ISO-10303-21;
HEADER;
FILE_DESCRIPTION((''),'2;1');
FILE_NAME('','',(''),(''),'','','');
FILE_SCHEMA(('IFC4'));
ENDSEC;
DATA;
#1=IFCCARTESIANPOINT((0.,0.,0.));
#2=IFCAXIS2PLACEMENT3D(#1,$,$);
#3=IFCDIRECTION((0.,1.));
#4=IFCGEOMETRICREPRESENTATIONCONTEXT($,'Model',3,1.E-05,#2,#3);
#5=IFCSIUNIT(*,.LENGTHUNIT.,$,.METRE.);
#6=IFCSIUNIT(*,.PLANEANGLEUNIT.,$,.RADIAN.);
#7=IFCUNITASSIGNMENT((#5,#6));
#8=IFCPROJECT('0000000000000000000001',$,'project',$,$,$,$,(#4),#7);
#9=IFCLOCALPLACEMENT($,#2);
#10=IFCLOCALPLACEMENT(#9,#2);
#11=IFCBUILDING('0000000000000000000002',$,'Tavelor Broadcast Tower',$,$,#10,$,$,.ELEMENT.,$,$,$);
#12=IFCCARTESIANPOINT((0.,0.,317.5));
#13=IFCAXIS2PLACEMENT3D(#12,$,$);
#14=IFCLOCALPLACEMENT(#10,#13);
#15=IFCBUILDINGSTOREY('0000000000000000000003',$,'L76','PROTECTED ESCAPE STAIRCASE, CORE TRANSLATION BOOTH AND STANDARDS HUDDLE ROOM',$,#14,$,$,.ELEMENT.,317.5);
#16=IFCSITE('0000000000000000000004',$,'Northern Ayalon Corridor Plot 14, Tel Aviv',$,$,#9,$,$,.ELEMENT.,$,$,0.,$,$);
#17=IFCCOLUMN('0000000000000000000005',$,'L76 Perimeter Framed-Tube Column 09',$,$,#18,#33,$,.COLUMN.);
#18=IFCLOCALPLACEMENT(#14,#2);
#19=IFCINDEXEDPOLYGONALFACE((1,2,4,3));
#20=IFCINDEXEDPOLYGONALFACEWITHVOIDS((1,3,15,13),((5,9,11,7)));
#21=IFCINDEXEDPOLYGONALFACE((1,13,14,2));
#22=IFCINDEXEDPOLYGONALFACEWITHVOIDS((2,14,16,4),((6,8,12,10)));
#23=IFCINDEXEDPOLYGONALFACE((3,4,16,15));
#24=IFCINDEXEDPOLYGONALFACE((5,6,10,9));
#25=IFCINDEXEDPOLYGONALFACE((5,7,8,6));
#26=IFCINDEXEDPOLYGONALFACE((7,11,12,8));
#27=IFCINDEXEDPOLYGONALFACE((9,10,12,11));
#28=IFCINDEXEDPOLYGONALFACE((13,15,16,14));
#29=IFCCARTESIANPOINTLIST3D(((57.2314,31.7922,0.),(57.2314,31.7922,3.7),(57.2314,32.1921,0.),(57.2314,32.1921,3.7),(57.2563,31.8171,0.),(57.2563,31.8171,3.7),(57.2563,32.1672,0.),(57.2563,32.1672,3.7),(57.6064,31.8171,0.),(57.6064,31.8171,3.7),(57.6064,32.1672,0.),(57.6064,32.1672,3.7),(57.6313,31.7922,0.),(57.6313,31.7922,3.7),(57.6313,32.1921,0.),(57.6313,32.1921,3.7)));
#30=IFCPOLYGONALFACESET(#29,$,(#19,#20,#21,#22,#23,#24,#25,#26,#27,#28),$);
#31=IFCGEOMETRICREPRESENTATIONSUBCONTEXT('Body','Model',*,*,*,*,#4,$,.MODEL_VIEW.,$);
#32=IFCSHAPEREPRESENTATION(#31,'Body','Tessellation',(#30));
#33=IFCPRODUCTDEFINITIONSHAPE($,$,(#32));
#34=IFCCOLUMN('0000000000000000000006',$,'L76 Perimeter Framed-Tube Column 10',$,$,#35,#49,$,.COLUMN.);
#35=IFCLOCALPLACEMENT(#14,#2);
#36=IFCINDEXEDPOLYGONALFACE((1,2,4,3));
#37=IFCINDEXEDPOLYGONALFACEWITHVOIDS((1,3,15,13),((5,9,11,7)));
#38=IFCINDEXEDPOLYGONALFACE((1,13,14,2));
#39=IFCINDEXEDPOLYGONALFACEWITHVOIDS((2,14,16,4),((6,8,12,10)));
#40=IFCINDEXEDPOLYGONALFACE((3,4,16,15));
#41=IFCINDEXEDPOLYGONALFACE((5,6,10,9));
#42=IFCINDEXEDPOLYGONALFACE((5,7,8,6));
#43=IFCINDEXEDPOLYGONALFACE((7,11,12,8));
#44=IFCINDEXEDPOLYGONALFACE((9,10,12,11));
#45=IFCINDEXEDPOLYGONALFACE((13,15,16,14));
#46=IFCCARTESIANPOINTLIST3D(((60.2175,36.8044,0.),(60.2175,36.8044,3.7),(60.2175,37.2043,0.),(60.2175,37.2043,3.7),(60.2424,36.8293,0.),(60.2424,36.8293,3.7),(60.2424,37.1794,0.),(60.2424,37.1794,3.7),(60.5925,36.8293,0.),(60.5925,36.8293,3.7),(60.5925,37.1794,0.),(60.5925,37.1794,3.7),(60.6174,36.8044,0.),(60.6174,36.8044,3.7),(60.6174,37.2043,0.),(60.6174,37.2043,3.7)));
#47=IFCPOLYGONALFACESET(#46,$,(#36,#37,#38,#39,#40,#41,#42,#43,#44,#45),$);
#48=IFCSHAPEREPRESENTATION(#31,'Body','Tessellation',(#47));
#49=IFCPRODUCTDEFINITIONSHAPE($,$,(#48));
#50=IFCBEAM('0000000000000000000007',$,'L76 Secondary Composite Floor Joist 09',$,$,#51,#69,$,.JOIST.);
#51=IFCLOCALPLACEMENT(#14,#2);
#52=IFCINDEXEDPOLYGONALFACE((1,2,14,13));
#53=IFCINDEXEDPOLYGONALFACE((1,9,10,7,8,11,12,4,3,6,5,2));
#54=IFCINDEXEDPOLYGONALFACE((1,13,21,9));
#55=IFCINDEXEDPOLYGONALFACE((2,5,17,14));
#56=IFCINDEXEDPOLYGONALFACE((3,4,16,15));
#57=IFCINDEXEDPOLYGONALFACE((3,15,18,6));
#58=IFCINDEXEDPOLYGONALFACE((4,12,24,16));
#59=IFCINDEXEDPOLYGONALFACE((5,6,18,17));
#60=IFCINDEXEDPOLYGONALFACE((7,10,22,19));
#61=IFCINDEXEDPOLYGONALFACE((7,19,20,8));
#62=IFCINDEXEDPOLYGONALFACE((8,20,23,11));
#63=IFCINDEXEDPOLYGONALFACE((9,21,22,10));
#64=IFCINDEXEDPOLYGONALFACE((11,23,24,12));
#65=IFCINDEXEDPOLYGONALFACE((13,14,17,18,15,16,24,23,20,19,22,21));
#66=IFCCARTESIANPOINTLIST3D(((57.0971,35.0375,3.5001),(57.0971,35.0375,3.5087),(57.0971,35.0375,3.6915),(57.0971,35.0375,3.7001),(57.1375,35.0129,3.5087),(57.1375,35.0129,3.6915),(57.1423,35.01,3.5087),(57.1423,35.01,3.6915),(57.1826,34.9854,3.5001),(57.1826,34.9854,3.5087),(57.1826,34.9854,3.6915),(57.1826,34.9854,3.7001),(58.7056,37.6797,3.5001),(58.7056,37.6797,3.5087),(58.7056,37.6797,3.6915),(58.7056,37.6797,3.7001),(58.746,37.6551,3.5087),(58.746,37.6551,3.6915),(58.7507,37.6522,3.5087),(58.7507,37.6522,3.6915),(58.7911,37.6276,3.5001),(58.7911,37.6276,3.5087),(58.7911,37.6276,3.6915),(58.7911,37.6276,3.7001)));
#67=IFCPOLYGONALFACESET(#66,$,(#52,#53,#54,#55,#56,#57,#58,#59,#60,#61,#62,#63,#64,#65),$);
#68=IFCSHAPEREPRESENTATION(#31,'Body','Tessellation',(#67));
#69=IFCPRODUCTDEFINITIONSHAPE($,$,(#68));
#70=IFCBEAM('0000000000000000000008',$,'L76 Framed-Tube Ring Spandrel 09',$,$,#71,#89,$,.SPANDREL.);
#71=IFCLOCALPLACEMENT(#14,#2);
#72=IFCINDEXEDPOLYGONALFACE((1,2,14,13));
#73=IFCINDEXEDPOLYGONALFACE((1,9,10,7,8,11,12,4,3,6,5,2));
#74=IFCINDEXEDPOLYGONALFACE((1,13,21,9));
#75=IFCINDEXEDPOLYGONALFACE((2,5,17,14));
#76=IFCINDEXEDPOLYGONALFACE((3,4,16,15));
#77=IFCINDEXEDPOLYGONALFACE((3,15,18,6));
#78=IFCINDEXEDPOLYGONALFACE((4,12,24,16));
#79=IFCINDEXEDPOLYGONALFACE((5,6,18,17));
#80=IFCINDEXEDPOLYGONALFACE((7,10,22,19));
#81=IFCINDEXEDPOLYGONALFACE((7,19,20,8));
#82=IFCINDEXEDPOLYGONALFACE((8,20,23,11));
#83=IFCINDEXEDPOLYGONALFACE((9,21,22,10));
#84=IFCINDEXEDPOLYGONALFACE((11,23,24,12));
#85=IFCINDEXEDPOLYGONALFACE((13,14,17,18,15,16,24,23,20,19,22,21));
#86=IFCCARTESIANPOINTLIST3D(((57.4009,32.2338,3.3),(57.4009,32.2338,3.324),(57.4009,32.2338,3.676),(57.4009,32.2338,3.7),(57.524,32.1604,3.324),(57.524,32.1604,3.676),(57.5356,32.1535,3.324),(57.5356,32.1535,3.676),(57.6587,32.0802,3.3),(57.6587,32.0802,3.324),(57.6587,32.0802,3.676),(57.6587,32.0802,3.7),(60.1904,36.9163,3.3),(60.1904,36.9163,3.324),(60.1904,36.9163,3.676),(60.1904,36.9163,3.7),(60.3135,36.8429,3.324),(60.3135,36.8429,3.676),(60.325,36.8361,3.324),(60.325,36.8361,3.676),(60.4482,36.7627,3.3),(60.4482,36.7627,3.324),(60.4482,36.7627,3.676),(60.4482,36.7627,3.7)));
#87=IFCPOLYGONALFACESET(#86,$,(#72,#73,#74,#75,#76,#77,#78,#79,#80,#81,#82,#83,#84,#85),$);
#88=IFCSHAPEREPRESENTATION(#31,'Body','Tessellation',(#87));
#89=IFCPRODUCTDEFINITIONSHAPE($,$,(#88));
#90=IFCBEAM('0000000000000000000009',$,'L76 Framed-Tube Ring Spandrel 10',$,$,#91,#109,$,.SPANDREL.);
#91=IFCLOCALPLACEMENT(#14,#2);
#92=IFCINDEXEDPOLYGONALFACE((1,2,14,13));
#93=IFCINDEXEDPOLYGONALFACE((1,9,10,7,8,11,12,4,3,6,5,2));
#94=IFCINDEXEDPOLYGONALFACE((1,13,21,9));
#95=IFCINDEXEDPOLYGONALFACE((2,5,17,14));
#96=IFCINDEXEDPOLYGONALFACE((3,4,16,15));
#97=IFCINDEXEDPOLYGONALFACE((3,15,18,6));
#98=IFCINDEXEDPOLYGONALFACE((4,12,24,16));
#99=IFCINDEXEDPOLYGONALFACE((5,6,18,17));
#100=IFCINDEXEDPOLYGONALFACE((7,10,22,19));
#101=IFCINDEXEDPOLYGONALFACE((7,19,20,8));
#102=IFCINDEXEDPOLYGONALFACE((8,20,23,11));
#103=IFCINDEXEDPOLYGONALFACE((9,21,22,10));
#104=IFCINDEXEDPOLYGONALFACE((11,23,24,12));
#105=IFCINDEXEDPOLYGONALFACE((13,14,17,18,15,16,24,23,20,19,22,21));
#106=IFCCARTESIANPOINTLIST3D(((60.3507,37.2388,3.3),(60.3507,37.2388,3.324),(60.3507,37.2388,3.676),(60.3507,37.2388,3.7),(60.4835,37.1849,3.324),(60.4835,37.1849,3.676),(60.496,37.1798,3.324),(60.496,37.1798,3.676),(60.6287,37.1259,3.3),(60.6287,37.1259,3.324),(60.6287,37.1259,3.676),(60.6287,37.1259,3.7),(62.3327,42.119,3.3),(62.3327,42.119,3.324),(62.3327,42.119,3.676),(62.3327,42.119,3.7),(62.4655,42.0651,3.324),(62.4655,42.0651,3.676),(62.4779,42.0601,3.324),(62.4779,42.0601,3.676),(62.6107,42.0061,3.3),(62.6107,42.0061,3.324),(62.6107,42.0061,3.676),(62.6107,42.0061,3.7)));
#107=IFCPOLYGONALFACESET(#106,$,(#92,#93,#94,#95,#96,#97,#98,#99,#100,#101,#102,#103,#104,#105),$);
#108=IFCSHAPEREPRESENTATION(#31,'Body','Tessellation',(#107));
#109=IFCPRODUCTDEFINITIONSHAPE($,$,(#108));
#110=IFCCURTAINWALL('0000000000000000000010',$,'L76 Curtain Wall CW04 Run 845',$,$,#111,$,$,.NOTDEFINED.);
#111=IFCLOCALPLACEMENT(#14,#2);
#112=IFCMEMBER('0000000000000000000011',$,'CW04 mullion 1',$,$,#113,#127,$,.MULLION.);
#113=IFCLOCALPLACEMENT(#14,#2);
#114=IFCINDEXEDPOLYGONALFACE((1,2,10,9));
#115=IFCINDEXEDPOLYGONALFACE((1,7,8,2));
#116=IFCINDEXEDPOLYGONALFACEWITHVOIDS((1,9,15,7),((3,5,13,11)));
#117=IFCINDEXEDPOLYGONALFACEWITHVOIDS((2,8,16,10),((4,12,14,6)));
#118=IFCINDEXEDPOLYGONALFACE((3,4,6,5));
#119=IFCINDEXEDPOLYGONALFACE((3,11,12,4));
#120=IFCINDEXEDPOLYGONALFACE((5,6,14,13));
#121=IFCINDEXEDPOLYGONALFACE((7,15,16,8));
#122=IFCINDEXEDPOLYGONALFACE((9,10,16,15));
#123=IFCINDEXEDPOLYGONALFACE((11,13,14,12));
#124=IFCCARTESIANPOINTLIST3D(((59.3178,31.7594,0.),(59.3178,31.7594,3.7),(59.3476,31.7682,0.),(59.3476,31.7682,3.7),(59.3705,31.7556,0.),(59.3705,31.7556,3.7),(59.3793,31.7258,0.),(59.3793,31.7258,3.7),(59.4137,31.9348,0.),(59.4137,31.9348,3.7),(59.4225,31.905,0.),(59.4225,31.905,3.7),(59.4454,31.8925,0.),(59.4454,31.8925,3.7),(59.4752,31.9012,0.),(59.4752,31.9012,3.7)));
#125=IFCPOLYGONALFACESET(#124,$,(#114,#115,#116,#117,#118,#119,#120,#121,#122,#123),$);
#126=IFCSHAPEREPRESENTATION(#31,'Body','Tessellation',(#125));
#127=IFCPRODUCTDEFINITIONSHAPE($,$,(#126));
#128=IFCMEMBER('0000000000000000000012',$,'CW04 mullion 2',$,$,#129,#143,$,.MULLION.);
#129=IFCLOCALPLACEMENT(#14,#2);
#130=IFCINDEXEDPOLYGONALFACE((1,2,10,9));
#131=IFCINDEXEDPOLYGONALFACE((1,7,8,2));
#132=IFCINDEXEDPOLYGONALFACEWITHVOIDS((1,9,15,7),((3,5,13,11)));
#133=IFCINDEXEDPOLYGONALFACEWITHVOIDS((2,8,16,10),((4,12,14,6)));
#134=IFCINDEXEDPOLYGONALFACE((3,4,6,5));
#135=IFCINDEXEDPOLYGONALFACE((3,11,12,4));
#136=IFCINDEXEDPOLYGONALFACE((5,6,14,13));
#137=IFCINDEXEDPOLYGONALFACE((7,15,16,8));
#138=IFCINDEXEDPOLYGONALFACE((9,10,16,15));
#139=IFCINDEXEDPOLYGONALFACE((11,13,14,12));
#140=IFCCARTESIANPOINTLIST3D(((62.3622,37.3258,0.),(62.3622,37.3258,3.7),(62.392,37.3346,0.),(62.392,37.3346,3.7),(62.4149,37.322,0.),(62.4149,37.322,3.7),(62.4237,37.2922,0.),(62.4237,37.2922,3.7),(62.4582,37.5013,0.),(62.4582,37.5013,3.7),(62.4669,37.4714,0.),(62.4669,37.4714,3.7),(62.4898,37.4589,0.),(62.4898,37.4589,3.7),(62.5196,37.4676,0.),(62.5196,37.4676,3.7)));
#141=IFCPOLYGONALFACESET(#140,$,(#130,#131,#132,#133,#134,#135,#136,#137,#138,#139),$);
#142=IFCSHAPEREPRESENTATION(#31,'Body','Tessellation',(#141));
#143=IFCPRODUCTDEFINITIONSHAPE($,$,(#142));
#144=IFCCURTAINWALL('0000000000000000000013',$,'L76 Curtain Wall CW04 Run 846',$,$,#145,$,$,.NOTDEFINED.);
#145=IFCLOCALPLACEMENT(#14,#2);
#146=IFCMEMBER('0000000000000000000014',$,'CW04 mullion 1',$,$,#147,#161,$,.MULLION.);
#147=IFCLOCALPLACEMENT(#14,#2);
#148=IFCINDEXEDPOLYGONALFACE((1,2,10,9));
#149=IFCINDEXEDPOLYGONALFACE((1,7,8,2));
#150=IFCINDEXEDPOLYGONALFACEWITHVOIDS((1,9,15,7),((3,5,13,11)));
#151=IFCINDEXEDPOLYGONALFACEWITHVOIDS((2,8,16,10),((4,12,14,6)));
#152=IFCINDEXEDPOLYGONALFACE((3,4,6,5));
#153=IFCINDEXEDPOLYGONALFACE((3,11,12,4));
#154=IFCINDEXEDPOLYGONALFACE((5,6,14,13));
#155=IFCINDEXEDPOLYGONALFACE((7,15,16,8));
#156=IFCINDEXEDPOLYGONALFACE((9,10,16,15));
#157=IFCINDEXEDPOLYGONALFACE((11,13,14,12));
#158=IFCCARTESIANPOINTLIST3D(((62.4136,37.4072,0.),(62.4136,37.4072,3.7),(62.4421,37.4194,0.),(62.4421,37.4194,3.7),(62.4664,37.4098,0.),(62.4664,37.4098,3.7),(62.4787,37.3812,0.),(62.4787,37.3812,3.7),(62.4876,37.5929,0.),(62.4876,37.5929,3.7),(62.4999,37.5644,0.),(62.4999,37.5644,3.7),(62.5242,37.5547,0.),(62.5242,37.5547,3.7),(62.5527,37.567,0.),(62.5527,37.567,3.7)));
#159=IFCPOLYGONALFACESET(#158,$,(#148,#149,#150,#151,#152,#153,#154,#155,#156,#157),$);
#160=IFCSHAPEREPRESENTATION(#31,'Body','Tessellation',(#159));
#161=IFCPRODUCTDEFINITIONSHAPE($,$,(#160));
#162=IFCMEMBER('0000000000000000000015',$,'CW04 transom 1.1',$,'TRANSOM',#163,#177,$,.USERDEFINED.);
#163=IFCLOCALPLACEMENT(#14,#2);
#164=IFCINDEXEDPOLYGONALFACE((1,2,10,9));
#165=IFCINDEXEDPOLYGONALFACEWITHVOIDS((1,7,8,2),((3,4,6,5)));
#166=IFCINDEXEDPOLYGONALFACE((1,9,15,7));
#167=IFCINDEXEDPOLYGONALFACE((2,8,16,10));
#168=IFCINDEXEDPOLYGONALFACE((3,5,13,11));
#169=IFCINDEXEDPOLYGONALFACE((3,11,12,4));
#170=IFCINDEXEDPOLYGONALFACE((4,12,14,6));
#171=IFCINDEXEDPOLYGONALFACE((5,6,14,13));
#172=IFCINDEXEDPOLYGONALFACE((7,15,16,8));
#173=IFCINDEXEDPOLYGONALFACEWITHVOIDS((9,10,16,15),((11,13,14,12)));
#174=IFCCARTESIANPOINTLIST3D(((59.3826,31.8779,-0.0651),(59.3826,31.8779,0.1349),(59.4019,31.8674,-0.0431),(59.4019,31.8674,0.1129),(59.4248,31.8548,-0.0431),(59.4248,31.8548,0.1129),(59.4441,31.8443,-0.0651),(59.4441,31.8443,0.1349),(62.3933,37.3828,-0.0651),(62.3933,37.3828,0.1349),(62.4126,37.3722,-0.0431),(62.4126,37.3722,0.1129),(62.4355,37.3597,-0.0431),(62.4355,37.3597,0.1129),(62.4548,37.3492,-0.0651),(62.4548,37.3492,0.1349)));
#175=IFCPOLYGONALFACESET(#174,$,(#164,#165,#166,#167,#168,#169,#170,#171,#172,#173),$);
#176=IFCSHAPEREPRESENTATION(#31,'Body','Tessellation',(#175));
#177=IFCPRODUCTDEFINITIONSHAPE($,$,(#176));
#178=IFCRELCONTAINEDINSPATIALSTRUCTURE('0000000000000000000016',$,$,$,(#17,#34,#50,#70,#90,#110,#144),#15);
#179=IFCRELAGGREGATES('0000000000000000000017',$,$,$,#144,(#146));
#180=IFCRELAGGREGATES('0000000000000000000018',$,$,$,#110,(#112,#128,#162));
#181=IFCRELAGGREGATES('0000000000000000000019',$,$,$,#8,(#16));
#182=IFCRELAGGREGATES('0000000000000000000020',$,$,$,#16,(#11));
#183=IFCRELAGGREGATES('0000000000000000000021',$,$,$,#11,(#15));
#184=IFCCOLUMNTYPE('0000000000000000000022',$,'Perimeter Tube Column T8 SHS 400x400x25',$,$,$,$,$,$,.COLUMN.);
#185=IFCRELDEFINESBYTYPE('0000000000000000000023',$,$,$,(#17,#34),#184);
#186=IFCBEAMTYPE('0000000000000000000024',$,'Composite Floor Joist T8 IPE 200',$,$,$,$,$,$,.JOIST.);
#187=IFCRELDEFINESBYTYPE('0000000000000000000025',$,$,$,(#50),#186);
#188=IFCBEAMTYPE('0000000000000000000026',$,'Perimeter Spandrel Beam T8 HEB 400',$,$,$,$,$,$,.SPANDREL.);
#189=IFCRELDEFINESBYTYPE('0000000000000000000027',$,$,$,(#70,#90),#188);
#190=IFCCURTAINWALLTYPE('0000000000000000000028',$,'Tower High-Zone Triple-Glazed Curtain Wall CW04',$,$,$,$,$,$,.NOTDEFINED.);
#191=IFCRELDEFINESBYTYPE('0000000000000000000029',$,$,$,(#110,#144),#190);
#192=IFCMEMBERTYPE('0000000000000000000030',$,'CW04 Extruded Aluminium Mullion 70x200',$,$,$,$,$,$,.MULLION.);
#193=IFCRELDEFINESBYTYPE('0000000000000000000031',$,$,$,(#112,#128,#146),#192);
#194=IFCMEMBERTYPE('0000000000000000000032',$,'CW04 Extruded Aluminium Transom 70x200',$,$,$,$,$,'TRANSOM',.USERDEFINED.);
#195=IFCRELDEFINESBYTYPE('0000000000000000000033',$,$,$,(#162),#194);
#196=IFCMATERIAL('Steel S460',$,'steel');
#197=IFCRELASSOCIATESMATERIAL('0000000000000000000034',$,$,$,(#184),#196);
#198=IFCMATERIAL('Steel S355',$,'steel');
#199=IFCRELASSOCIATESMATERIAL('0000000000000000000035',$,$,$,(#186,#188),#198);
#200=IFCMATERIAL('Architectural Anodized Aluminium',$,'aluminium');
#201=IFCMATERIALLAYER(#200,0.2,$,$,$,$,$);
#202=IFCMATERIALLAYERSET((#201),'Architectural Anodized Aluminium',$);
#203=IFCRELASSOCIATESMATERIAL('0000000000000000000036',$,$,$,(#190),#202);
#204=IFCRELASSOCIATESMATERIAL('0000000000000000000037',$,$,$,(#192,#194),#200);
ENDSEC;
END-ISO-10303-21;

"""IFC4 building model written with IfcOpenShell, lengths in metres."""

from ifc_helpers import new_model, si_unit, direction, frame, origin, origin_2d, place, context, subcontext, project, spatial, hollow_rectangle, i_section, extrude, source, transform, mapped, material, layer, layer_set, material_profile, profile_set, type_object, type_shapes, element, aggregate, save


model = new_model("IFC4")

# Units and contexts
model_context = context("Model", 3, precision=1e-05, world=origin(), true_north=direction((0.0, 1.0)))
body_context = subcontext(model_context, "Body", "Model", "MODEL_VIEW")
ifc_project = project(units=[si_unit("LENGTHUNIT", "METRE"), si_unit("PLANEANGLEUNIT", "RADIAN")], contexts=[model_context])

# Site, building, storey
site_placement = place(None, origin())
site = spatial("IfcSite", under=ifc_project, at=site_placement, Name="Northern Ayalon Corridor Plot 14, Tel Aviv", CompositionType="ELEMENT", RefElevation=0.0)
building_placement = place(site_placement, origin())
building = spatial("IfcBuilding", under=site, at=building_placement, Name="Tavelor Broadcast Tower", CompositionType="ELEMENT")
storey_placement = place(building_placement, frame((0.0, 0.0, 317.5)))
storey = spatial("IfcBuildingStorey", under=building, at=storey_placement, Name="L76", Description="PROTECTED ESCAPE STAIRCASE, CORE TRANSLATION BOOTH AND STANDARDS HUDDLE ROOM", CompositionType="ELEMENT", Elevation=317.5)

# Columns
ifc_material_1 = material(Name="Steel S460", Category="steel")
ifc_material_profile_1 = material_profile(ifc_material_1, hollow_rectangle(XDim=0.3999, YDim=0.3999, WallThickness=0.0249, at=origin_2d()), Name="SHS 400x400x25")
ifc_profile_set_1 = profile_set([ifc_material_profile_1], Name="Steel S460")
column_type = type_object("IfcColumnType", Name="Perimeter Tube Column T8 SHS 400x400x25", PredefinedType="COLUMN", material=ifc_profile_set_1)
for number, where, z_axis, x_axis, name in (
    (1, (57.4314, 31.9922, 0.0), (0.0, 0.0, 1.0), (1.0, 0.0, 0.0), "L76 Perimeter Framed-Tube Column 09"),
    (2, (60.4175, 37.0044, 0.0), (0.0, 0.0, 1.0), (1.0, 0.0, 0.0), "L76 Perimeter Framed-Tube Column 10"),
):
    element("IfcColumn", number, at=place(storey_placement, frame(where, z_axis=z_axis, x_axis=x_axis)), inside=storey, type_object=column_type, Name=name, PredefinedType="COLUMN", context=body_context, shape_type="SweptSolid", body=[
        extrude(hollow_rectangle(XDim=0.3999, YDim=0.3999, WallThickness=0.0249, at=origin_2d()), origin(), (0.0, 0.0, 1.0), 3.7),
    ])

# Beams
ifc_material_2 = material(Name="Steel S355", Category="steel")
ifc_material_profile_2 = material_profile(ifc_material_2, i_section(OverallWidth=0.1001, OverallDepth=0.2, WebThickness=0.0056, FlangeThickness=0.0085, at=origin_2d()), Name="IPE 200")
ifc_profile_set_2 = profile_set([ifc_material_profile_2], Name="Steel S355")
beam_type_1 = type_object("IfcBeamType", Name="Composite Floor Joist T8 IPE 200", PredefinedType="JOIST", material=ifc_profile_set_2)
beam_1_placement = place(storey_placement, frame((57.1399, 35.0115, 3.6001), z_axis=(0.519987, 0.854174, 0.0), x_axis=(-0.854174, 0.519987, 0.0)))
element("IfcBeam", 3, at=beam_1_placement, inside=storey, type_object=beam_type_1, Name="L76 Secondary Composite Floor Joist 09", PredefinedType="JOIST", context=body_context, shape_type="SweptSolid", body=[
    extrude(i_section(OverallWidth=0.1001, OverallDepth=0.2, WebThickness=0.0056, FlangeThickness=0.0085, at=origin_2d()), origin(), (0.0, 0.0, 1.0), 3.0933),
])
ifc_material_profile_3 = material_profile(ifc_material_2, i_section(OverallWidth=0.3, OverallDepth=0.3999, WebThickness=0.0134, FlangeThickness=0.0239, at=origin_2d()), Name="HEB 400")
ifc_profile_set_3 = profile_set([ifc_material_profile_3], Name="Steel S355")
beam_type_2 = type_object("IfcBeamType", Name="Perimeter Spandrel Beam T8 HEB 400", PredefinedType="SPANDREL", material=ifc_profile_set_3)
beam_2_placement = place(storey_placement, frame((57.5298, 32.157, 3.5), z_axis=(0.511793, 0.859109, 0.0), x_axis=(-0.859109, 0.511793, 0.0)))
element("IfcBeam", 4, at=beam_2_placement, inside=storey, type_object=beam_type_2, Name="L76 Framed-Tube Ring Spandrel 09", PredefinedType="SPANDREL", context=body_context, shape_type="SweptSolid", body=[
    extrude(i_section(OverallWidth=0.3, OverallDepth=0.3999, WebThickness=0.0134, FlangeThickness=0.0239, at=origin_2d()), origin(), (0.0, 0.0, 1.0), 5.4504),
])
beam_3_placement = place(storey_placement, frame((60.4897, 37.1824, 3.5), z_axis=(0.376276, 0.926507, 0.0), x_axis=(-0.926507, 0.376276, 0.0)))
element("IfcBeam", 5, at=beam_3_placement, inside=storey, type_object=beam_type_2, Name="L76 Framed-Tube Ring Spandrel 10", PredefinedType="SPANDREL", context=body_context, shape_type="SweptSolid", body=[
    extrude(i_section(OverallWidth=0.3, OverallDepth=0.3999, WebThickness=0.0134, FlangeThickness=0.0239, at=origin_2d()), origin(), (0.0, 0.0, 1.0), 5.2673),
])

# Curtain wall, members
ifc_material_3 = material(Name="Architectural Anodized Aluminium", Category="aluminium")
ifc_layer_1 = layer(ifc_material_3, 0.2)
ifc_layer_set_1 = layer_set([ifc_layer_1], Name="Architectural Anodized Aluminium")
curtain_wall_type = type_object("IfcCurtainWallType", Name="Tower High-Zone Triple-Glazed Curtain Wall CW04", PredefinedType="NOTDEFINED", material=ifc_layer_set_1)
curtain_wall_1_placement = place(storey_placement, origin())
curtain_wall_1 = element("IfcCurtainWall", 6, at=curtain_wall_1_placement, inside=storey, type_object=curtain_wall_type, Name="L76 Curtain Wall CW04 Run 845", PredefinedType="NOTDEFINED")
ifc_material_profile_4 = material_profile(ifc_material_3, hollow_rectangle(XDim=0.0701, YDim=0.2, WallThickness=0.022, at=origin_2d()), Name="RHS 70x200x22")
ifc_profile_set_4 = profile_set([ifc_material_profile_4], Name="Architectural Anodized Aluminium")
member_type_1 = type_object("IfcMemberType", Name="CW04 Extruded Aluminium Mullion 70x200", PredefinedType="MULLION", material=ifc_profile_set_4)
shared_shape_1 = source(origin(), body_context, "Body", "SweptSolid", [
    extrude(hollow_rectangle(XDim=0.0701, YDim=0.2, WallThickness=0.022, at=origin_2d()), origin(), (0.0, 0.0, 1.0), 3.7),
])
type_shapes(member_type_1, [shared_shape_1])
member_1_placement = place(storey_placement, frame((59.3965, 31.8303, 0.0), z_axis=(0.0, 0.0, 1.0), x_axis=(-0.877358, 0.479836, 0.0)))
member_1 = element("IfcMember", 7, at=member_1_placement, type_object=member_type_1, Name="CW04 mullion 1", PredefinedType="MULLION", context=body_context, shape_type="MappedRepresentation", body=[
    mapped(shared_shape_1, transform((0.0, 0.0, 0.0), scale=1.0)),
])
member_2_placement = place(storey_placement, frame((62.4409, 37.3967, 0.0), z_axis=(0.0, 0.0, 1.0), x_axis=(-0.877358, 0.479836, 0.0)))
member_2 = element("IfcMember", 8, at=member_2_placement, type_object=member_type_1, Name="CW04 mullion 2", PredefinedType="MULLION", context=body_context, shape_type="MappedRepresentation", body=[
    mapped(shared_shape_1, transform((0.0, 0.0, 0.0), scale=1.0)),
])

# Curtain wall, member
curtain_wall_2_placement = place(storey_placement, origin())
curtain_wall_2 = element("IfcCurtainWall", 9, at=curtain_wall_2_placement, inside=storey, type_object=curtain_wall_type, Name="L76 Curtain Wall CW04 Run 846", PredefinedType="NOTDEFINED")
member_3_placement = place(storey_placement, frame((62.4832, 37.4871, 0.0), z_axis=(0.0, 0.0, 1.0), x_axis=(-0.928973, 0.370148, 0.0)))
member_3 = element("IfcMember", 10, at=member_3_placement, type_object=member_type_1, Name="CW04 mullion 1", PredefinedType="MULLION", context=body_context, shape_type="MappedRepresentation", body=[
    mapped(shared_shape_1, transform((0.0, 0.0, 0.0), scale=1.0)),
])

# Member
ifc_material_profile_5 = material_profile(ifc_material_3, hollow_rectangle(XDim=0.0701, YDim=0.2, WallThickness=0.022, at=origin_2d()), Name="RHS 70x200x22")
ifc_profile_set_5 = profile_set([ifc_material_profile_5], Name="Architectural Anodized Aluminium")
member_type_2 = type_object("IfcMemberType", Name="CW04 Extruded Aluminium Transom 70x200", ElementType="TRANSOM", PredefinedType="USERDEFINED", material=ifc_profile_set_5)
shared_shape_2 = source(origin(), body_context, "Body", "SweptSolid", [
    extrude(hollow_rectangle(XDim=0.0701, YDim=0.2, WallThickness=0.022, at=origin_2d()), origin(), (0.0, 0.0, 1.0), 6.2744),
])
member_4_placement = place(storey_placement, frame((59.4133, 31.8611, 0.0349), z_axis=(0.479844, 0.877354, 0.0), x_axis=(-0.877354, 0.479844, 0.0)))
member_4 = element("IfcMember", 11, at=member_4_placement, type_object=member_type_2, Name="CW04 transom 1.1", ObjectType="TRANSOM", PredefinedType="USERDEFINED", context=body_context, shape_type="MappedRepresentation", body=[
    mapped(shared_shape_2, transform((0.0, 0.0, 0.0), scale=1.0)),
])
aggregate(curtain_wall_2, [member_3])

aggregate(curtain_wall_1, [member_1, member_2, member_4])

save(model, "model.ifc")
